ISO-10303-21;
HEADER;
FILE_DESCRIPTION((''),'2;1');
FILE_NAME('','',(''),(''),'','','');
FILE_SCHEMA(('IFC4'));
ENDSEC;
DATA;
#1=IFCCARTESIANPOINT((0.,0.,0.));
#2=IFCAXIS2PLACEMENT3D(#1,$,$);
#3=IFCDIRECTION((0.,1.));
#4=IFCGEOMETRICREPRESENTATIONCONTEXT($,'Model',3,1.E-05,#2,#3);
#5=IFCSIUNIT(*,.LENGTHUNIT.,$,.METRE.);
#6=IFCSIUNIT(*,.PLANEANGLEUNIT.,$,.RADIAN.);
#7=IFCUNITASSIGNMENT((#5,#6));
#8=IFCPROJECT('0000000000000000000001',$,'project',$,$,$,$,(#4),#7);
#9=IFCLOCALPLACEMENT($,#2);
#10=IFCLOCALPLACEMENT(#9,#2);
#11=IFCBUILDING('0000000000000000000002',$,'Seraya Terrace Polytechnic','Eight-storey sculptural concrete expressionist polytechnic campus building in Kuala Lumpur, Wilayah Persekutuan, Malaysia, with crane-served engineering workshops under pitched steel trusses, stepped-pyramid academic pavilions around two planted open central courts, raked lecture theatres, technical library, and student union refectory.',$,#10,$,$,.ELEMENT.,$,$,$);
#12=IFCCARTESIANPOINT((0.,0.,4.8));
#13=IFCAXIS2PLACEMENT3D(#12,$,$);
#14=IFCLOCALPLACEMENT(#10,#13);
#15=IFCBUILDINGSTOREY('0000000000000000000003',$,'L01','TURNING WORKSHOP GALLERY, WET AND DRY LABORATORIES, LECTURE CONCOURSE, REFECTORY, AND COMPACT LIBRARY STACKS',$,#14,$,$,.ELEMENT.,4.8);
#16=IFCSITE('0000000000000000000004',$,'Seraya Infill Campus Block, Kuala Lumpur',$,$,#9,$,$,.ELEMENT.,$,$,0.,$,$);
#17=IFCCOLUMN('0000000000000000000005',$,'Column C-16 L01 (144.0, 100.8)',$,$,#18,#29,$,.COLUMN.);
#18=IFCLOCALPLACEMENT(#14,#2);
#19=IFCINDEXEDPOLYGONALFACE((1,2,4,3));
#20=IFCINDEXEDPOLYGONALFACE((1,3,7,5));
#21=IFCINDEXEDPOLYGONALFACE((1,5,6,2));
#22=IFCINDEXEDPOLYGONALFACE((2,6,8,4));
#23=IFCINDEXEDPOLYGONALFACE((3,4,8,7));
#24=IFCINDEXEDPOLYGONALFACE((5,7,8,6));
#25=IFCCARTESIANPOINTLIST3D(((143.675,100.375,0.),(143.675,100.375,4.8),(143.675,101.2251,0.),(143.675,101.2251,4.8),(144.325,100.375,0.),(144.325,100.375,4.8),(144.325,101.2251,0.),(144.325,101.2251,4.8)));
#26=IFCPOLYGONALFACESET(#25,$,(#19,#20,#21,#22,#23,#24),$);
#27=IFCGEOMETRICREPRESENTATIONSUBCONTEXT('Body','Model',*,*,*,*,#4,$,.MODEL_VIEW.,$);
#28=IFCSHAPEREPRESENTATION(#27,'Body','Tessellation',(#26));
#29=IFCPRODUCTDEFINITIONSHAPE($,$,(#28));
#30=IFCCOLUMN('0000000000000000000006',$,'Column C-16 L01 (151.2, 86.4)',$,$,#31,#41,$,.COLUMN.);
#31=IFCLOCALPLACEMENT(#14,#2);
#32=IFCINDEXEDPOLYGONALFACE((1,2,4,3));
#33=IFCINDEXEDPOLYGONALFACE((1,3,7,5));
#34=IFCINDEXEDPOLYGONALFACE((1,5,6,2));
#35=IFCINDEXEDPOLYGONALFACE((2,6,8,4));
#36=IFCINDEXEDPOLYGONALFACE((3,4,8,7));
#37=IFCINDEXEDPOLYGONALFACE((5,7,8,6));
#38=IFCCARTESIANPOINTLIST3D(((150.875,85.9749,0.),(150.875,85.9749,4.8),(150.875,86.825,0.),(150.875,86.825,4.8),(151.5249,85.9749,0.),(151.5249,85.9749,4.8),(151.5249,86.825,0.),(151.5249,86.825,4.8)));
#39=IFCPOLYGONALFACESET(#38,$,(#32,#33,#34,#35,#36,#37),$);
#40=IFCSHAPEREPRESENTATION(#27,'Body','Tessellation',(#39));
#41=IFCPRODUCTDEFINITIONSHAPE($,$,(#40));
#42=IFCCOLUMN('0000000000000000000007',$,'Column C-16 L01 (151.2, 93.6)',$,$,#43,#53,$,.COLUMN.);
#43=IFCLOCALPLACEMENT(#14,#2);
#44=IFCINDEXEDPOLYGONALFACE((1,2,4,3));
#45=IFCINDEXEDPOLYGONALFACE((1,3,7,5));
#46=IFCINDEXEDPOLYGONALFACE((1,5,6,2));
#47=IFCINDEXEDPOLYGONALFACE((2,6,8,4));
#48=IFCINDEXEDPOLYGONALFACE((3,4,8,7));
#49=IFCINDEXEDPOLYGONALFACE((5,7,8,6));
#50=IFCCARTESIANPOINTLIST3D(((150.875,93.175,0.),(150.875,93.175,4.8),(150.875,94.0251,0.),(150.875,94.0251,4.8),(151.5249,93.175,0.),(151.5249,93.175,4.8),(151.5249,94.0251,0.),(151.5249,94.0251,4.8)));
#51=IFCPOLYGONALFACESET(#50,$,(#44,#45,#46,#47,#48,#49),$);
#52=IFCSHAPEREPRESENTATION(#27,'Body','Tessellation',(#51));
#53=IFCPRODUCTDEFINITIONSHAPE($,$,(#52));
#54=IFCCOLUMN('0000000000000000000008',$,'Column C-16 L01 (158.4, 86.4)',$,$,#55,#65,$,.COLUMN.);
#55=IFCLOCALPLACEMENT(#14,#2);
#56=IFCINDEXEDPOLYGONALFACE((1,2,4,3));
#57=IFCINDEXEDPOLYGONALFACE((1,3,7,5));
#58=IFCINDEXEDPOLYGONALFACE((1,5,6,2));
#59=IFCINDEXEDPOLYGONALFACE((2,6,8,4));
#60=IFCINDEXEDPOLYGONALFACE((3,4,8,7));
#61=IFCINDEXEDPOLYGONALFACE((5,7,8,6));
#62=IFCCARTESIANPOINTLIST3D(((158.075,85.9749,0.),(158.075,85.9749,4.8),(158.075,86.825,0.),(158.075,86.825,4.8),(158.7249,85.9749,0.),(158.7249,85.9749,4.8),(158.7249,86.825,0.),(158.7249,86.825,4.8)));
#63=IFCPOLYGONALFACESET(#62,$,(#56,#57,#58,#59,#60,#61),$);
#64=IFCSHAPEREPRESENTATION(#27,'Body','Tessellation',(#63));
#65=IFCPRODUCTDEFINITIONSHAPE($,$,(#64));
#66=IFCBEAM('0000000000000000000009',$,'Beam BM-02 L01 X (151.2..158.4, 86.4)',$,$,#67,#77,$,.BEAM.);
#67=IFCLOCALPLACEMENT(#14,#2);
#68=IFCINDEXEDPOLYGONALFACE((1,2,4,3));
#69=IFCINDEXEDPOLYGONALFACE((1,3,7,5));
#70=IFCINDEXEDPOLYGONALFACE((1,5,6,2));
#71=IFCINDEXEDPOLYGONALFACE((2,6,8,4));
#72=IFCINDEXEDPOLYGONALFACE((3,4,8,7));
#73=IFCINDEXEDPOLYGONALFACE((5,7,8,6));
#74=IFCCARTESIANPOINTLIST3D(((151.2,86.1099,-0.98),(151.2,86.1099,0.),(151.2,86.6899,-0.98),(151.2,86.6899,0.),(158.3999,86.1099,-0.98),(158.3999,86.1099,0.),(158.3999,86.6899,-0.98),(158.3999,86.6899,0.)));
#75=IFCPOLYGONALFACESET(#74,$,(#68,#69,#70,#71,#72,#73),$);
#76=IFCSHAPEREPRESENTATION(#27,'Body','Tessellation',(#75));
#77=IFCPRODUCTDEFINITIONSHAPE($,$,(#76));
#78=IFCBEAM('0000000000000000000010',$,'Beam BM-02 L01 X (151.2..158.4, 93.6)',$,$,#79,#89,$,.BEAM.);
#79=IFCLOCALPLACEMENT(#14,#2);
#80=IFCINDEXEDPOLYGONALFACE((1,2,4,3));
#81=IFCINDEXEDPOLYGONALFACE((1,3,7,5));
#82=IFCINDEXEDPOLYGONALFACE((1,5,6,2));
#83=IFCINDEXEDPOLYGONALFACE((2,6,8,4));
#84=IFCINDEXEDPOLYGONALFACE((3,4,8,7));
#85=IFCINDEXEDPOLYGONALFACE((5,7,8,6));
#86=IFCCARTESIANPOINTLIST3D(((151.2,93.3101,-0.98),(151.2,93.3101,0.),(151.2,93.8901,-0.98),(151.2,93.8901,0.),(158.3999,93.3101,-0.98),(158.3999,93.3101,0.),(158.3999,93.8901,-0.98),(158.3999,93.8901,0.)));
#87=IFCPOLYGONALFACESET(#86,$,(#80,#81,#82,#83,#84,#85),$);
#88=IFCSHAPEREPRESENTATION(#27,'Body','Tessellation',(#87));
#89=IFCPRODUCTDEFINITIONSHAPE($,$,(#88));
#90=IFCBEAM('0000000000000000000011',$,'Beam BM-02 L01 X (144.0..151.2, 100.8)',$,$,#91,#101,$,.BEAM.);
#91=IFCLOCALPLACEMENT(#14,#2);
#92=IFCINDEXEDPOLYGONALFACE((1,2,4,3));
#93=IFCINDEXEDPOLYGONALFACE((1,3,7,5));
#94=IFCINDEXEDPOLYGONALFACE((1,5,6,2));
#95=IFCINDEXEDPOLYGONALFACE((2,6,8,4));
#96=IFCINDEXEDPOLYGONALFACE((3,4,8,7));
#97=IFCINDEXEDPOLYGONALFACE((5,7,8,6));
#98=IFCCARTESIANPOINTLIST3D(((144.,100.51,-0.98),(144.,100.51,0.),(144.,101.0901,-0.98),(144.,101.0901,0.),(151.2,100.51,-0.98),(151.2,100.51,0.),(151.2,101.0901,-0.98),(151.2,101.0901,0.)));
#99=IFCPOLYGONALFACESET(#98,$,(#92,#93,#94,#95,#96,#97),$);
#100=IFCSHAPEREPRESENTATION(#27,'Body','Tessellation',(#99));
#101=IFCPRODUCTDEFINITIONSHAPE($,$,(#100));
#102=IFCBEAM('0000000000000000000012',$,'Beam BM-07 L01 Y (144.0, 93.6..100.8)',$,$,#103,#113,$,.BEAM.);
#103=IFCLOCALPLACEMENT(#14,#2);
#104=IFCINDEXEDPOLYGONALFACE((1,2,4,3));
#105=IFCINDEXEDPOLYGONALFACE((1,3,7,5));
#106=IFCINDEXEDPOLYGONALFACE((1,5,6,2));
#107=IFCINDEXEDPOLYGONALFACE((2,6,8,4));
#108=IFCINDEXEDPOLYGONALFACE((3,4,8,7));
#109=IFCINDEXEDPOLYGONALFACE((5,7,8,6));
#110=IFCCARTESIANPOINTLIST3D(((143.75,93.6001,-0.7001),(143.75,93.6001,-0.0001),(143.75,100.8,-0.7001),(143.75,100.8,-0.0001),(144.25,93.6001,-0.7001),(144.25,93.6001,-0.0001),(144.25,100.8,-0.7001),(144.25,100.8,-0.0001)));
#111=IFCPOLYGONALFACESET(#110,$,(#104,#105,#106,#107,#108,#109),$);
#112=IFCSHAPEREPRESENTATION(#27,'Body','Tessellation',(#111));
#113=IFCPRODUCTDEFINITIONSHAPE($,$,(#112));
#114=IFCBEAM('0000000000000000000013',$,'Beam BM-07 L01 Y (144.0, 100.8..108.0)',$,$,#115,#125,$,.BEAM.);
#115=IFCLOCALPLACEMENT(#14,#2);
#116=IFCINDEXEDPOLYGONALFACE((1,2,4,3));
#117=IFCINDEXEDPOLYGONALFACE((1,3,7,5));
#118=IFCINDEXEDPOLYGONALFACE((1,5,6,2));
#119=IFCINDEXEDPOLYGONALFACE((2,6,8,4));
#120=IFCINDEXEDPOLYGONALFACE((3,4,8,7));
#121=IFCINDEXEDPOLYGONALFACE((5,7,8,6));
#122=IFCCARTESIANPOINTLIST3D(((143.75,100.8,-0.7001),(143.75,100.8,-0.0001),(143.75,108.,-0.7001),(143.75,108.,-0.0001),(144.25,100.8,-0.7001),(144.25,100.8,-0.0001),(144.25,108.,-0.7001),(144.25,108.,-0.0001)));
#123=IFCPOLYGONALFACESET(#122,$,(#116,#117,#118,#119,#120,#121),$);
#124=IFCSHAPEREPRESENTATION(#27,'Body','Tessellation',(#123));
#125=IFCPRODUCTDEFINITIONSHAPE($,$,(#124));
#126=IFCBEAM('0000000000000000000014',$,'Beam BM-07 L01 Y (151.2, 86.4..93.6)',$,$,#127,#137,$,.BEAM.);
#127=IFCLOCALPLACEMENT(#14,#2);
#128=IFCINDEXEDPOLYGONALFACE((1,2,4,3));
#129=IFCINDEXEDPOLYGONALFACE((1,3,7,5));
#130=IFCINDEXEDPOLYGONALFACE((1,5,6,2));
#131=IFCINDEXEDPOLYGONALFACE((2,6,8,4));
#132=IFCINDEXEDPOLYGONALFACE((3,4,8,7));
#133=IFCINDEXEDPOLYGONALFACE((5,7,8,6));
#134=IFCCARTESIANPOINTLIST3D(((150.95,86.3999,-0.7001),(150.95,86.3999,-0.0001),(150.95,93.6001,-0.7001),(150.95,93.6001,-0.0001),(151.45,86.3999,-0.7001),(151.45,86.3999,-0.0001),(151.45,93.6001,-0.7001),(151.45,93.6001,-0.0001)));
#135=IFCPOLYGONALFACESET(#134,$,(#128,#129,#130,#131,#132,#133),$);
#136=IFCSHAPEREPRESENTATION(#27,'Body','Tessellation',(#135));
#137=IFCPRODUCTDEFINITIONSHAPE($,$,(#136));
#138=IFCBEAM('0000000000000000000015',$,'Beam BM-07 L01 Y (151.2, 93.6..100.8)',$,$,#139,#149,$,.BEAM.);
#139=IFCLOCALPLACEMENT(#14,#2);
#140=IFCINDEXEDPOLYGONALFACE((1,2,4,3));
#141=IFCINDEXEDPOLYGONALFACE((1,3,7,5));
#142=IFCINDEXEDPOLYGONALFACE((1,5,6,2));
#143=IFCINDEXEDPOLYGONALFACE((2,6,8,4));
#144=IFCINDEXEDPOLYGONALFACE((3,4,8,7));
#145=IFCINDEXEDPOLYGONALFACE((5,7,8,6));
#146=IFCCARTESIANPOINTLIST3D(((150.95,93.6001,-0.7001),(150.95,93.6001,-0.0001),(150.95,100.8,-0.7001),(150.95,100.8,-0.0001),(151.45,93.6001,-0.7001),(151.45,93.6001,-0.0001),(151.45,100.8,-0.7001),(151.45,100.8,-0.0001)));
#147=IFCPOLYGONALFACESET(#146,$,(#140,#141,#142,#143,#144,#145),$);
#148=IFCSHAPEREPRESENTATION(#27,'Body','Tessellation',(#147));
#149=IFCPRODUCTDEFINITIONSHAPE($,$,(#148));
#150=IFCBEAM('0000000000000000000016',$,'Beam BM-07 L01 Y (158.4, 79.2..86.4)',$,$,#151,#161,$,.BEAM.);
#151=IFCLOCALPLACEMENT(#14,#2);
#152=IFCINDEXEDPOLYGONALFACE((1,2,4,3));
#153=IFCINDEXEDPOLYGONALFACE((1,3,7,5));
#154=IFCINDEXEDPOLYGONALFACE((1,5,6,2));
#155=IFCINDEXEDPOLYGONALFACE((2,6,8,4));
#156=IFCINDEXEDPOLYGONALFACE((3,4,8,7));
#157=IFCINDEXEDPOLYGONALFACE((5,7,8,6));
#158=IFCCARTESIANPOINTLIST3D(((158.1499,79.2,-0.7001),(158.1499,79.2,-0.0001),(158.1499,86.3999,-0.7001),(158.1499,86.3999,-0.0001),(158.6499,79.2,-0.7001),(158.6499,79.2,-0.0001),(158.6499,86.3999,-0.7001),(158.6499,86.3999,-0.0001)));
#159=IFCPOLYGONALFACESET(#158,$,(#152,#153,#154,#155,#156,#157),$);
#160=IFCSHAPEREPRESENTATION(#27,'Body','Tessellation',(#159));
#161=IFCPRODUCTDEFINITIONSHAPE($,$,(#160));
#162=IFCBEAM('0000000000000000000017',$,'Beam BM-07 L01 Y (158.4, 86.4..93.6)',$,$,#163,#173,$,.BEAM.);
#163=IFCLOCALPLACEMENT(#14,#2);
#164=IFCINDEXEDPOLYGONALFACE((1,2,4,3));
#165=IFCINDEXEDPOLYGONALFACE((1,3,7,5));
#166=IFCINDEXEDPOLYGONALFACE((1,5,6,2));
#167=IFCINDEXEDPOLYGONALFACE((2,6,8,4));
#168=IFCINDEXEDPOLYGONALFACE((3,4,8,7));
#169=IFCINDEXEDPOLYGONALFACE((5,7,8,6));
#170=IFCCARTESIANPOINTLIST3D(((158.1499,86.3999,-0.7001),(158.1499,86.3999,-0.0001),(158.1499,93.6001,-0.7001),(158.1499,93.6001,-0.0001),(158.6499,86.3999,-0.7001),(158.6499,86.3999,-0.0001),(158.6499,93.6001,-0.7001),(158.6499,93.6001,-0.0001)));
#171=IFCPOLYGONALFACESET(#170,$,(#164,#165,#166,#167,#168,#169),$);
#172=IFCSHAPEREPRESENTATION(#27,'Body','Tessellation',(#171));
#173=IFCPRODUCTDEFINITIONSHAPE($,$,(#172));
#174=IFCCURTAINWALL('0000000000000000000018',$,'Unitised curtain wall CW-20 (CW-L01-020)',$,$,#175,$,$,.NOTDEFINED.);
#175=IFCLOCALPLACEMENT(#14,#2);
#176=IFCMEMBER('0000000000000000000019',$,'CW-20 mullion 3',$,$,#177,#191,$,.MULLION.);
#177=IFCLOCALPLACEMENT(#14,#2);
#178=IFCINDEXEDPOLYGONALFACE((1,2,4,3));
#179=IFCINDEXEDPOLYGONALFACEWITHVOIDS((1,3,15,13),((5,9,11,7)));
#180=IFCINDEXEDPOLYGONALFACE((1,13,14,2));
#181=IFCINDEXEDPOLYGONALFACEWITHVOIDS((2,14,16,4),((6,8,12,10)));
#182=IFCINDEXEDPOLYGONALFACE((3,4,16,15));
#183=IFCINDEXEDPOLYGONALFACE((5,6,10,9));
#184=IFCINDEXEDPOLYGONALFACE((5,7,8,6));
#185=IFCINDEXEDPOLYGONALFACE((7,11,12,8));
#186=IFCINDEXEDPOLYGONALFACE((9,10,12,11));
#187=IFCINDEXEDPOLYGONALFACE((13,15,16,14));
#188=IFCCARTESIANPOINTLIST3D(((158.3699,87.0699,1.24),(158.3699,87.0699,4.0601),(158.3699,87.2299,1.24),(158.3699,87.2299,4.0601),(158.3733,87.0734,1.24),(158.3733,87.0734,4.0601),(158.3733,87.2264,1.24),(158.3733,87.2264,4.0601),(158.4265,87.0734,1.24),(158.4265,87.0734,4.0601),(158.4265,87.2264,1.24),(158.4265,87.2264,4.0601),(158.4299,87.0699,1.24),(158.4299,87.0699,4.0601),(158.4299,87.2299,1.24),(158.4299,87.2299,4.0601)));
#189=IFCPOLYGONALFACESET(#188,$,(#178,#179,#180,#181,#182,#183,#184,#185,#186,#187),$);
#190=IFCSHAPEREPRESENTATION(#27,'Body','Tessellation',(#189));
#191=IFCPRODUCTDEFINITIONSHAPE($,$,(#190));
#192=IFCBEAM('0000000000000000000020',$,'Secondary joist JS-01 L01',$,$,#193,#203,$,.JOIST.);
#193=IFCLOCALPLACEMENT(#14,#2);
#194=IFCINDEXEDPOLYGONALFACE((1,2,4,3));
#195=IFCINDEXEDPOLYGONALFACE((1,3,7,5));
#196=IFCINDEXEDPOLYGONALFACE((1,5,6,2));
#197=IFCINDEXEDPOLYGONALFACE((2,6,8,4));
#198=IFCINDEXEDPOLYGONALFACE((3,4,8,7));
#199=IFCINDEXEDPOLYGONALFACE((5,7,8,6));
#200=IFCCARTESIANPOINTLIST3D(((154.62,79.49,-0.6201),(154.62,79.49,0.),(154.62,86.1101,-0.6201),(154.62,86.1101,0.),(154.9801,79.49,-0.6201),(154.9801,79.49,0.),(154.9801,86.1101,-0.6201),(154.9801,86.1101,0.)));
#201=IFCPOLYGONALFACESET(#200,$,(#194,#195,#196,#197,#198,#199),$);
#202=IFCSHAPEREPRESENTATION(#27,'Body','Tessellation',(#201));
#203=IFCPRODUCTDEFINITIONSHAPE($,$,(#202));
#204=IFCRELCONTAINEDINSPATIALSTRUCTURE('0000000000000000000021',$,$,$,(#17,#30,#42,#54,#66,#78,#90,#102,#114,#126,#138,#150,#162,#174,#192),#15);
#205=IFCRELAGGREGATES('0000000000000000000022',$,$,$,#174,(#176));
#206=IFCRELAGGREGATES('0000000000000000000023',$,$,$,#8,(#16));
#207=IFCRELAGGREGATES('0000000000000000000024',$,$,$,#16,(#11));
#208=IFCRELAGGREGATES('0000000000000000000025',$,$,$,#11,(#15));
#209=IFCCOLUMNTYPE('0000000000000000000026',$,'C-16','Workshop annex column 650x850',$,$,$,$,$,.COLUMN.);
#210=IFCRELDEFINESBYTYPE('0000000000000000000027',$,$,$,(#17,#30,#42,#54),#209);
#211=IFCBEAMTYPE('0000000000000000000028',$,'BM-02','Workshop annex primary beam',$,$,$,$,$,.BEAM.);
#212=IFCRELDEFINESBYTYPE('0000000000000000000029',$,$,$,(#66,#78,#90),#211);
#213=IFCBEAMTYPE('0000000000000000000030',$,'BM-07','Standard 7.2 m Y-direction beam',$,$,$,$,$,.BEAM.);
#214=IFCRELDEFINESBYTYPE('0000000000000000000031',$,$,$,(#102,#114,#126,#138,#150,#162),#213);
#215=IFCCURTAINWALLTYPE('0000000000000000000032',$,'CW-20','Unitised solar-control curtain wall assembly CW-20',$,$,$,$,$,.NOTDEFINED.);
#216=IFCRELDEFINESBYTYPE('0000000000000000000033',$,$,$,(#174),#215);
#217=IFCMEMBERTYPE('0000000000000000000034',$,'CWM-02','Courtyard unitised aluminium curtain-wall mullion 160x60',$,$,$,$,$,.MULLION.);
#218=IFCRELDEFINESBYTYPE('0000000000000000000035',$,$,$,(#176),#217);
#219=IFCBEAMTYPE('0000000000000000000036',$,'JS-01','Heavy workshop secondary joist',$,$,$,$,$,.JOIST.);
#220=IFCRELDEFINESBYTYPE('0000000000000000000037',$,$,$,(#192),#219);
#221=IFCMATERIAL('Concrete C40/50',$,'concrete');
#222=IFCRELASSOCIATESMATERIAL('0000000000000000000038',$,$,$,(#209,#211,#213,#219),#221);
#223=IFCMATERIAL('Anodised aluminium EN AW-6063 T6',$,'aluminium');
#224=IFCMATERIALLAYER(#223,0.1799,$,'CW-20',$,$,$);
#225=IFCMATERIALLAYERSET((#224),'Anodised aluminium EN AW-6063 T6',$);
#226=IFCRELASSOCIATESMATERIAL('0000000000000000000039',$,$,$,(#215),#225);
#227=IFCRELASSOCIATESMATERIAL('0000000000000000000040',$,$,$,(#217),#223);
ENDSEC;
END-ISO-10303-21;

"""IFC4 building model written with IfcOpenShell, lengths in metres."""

from ifc_helpers import new_model, si_unit, direction, frame, origin, origin_2d, place, context, subcontext, project, spatial, rectangle, hollow_rectangle, extrude, material, layer, layer_set, material_profile, profile_set, type_object, element, aggregate, save


model = new_model("IFC4")

# Units and contexts
model_context = context("Model", 3, precision=1e-05, world=origin(), true_north=direction((0.0, 1.0)))
body_context = subcontext(model_context, "Body", "Model", "MODEL_VIEW")
ifc_project = project(units=[si_unit("LENGTHUNIT", "METRE"), si_unit("PLANEANGLEUNIT", "RADIAN")], contexts=[model_context])

# Site, building, storey
site_placement = place(None, origin())
site = spatial("IfcSite", under=ifc_project, at=site_placement, Name="Seraya Infill Campus Block, Kuala Lumpur", CompositionType="ELEMENT", RefElevation=0.0)
building_placement = place(site_placement, origin())
building = spatial("IfcBuilding", under=site, at=building_placement, Name="Seraya Terrace Polytechnic", Description="Eight-storey sculptural concrete expressionist polytechnic campus building in Kuala Lumpur, Wilayah Persekutuan, Malaysia, with crane-served engineering workshops under pitched steel trusses, stepped-pyramid academic pavilions around two planted open central courts, raked lecture theatres, technical library, and student union refectory.", CompositionType="ELEMENT")
storey_placement = place(building_placement, frame((0.0, 0.0, 4.8)))
storey = spatial("IfcBuildingStorey", under=building, at=storey_placement, Name="L01", Description="TURNING WORKSHOP GALLERY, WET AND DRY LABORATORIES, LECTURE CONCOURSE, REFECTORY, AND COMPACT LIBRARY STACKS", CompositionType="ELEMENT", Elevation=4.8)

# Columns
ifc_material_1 = material(Name="Concrete C40/50", Category="concrete")
ifc_material_profile_1 = material_profile(ifc_material_1, rectangle(XDim=0.6499, YDim=0.8501, at=origin_2d()), Name="RC 650x850")
ifc_profile_set_1 = profile_set([ifc_material_profile_1], Name="Concrete C40/50")
column_type = type_object("IfcColumnType", Name="C-16", Description="Workshop annex column 650x850", PredefinedType="COLUMN", material=ifc_profile_set_1)
for number, where, z_axis, x_axis, name in (
    (1, (144.0, 100.8, 0.0), (0.0, 0.0, 1.0), (1.0, 0.0, 0.0), "Column C-16 L01 (144.0, 100.8)"),
    (2, (151.2, 86.3999, 0.0), (0.0, 0.0, 1.0), (1.0, 0.0, 0.0), "Column C-16 L01 (151.2, 86.4)"),
    (3, (151.2, 93.6001, 0.0), (0.0, 0.0, 1.0), (1.0, 0.0, 0.0), "Column C-16 L01 (151.2, 93.6)"),
    (4, (158.3999, 86.3999, 0.0), (0.0, 0.0, 1.0), (1.0, 0.0, 0.0), "Column C-16 L01 (158.4, 86.4)"),
):
    element("IfcColumn", number, at=place(storey_placement, frame(where, z_axis=z_axis, x_axis=x_axis)), inside=storey, type_object=column_type, Name=name, PredefinedType="COLUMN", context=body_context, shape_type="SweptSolid", body=[
        extrude(rectangle(XDim=0.6499, YDim=0.8501, at=origin_2d()), origin(), (0.0, 0.0, 1.0), 4.8),
    ])

# Beams
ifc_material_profile_2 = material_profile(ifc_material_1, rectangle(XDim=0.5801, YDim=0.98, at=origin_2d()), Name="RC 580x980")
ifc_profile_set_2 = profile_set([ifc_material_profile_2], Name="Concrete C40/50")
beam_type_1 = type_object("IfcBeamType", Name="BM-02", Description="Workshop annex primary beam", PredefinedType="BEAM", material=ifc_profile_set_2)
for number, where, z_axis, x_axis, name in (
    (5, (151.2, 86.3999, -0.49), (1.0, 0.0, 0.0), (0.0, 1.0, 0.0), "Beam BM-02 L01 X (151.2..158.4, 86.4)"),
    (6, (151.2, 93.6001, -0.49), (1.0, 0.0, 0.0), (0.0, 1.0, 0.0), "Beam BM-02 L01 X (151.2..158.4, 93.6)"),
    (7, (144.0, 100.8, -0.49), (1.0, 0.0, 0.0), (0.0, 1.0, 0.0), "Beam BM-02 L01 X (144.0..151.2, 100.8)"),
):
    element("IfcBeam", number, at=place(storey_placement, frame(where, z_axis=z_axis, x_axis=x_axis)), inside=storey, type_object=beam_type_1, Name=name, PredefinedType="BEAM", context=body_context, shape_type="SweptSolid", body=[
        extrude(rectangle(XDim=0.5801, YDim=0.98, at=origin_2d()), origin(), (0.0, 0.0, 1.0), 7.2),
    ])
ifc_material_profile_3 = material_profile(ifc_material_1, rectangle(XDim=0.5, YDim=0.7, at=origin_2d()), Name="RC 500x700")
ifc_profile_set_3 = profile_set([ifc_material_profile_3], Name="Concrete C40/50")
beam_type_2 = type_object("IfcBeamType", Name="BM-07", Description="Standard 7.2 m Y-direction beam", PredefinedType="BEAM", material=ifc_profile_set_3)
for number, where, z_axis, x_axis, name in (
    (8, (144.0, 93.6001, -0.3501), (0.0, 1.0, 0.0), (-1.0, 0.0, 0.0), "Beam BM-07 L01 Y (144.0, 93.6..100.8)"),
    (9, (144.0, 100.8, -0.3501), (0.0, 1.0, 0.0), (-1.0, 0.0, 0.0), "Beam BM-07 L01 Y (144.0, 100.8..108.0)"),
):
    element("IfcBeam", number, at=place(storey_placement, frame(where, z_axis=z_axis, x_axis=x_axis)), inside=storey, type_object=beam_type_2, Name=name, PredefinedType="BEAM", context=body_context, shape_type="SweptSolid", body=[
        extrude(rectangle(XDim=0.5, YDim=0.7, at=origin_2d()), origin(), (0.0, 0.0, 1.0), 7.2),
    ])
beam_1_placement = place(storey_placement, frame((151.2, 86.3999, -0.3501), z_axis=(0.0, 1.0, 0.0), x_axis=(-1.0, 0.0, 0.0)))
element("IfcBeam", 10, at=beam_1_placement, inside=storey, type_object=beam_type_2, Name="Beam BM-07 L01 Y (151.2, 86.4..93.6)", PredefinedType="BEAM", context=body_context, shape_type="SweptSolid", body=[
    extrude(rectangle(XDim=0.5, YDim=0.7, at=origin_2d()), origin(), (0.0, 0.0, 1.0), 7.2002),
])
for number, where, z_axis, x_axis, name in (
    (11, (151.2, 93.6001, -0.3501), (0.0, 1.0, 0.0), (-1.0, 0.0, 0.0), "Beam BM-07 L01 Y (151.2, 93.6..100.8)"),
    (12, (158.3999, 79.2, -0.3501), (0.0, 1.0, 0.0), (-1.0, 0.0, 0.0), "Beam BM-07 L01 Y (158.4, 79.2..86.4)"),
):
    element("IfcBeam", number, at=place(storey_placement, frame(where, z_axis=z_axis, x_axis=x_axis)), inside=storey, type_object=beam_type_2, Name=name, PredefinedType="BEAM", context=body_context, shape_type="SweptSolid", body=[
        extrude(rectangle(XDim=0.5, YDim=0.7, at=origin_2d()), origin(), (0.0, 0.0, 1.0), 7.2),
    ])
beam_2_placement = place(storey_placement, frame((158.3999, 86.3999, -0.3501), z_axis=(0.0, 1.0, 0.0), x_axis=(-1.0, 0.0, 0.0)))
element("IfcBeam", 13, at=beam_2_placement, inside=storey, type_object=beam_type_2, Name="Beam BM-07 L01 Y (158.4, 86.4..93.6)", PredefinedType="BEAM", context=body_context, shape_type="SweptSolid", body=[
    extrude(rectangle(XDim=0.5, YDim=0.7, at=origin_2d()), origin(), (0.0, 0.0, 1.0), 7.2002),
])

# Curtain wall, member
ifc_material_2 = material(Name="Anodised aluminium EN AW-6063 T6", Category="aluminium")
ifc_layer_1 = layer(ifc_material_2, 0.1799, Name="CW-20")
ifc_layer_set_1 = layer_set([ifc_layer_1], Name="Anodised aluminium EN AW-6063 T6")
curtain_wall_type = type_object("IfcCurtainWallType", Name="CW-20", Description="Unitised solar-control curtain wall assembly CW-20", PredefinedType="NOTDEFINED", material=ifc_layer_set_1)
curtain_wall_placement = place(storey_placement, origin())
curtain_wall = element("IfcCurtainWall", 14, at=curtain_wall_placement, inside=storey, type_object=curtain_wall_type, Name="Unitised curtain wall CW-20 (CW-L01-020)", PredefinedType="NOTDEFINED")
ifc_material_profile_4 = material_profile(ifc_material_2, hollow_rectangle(XDim=0.0601, YDim=0.1599, WallThickness=0.0034, at=origin_2d()), Name="RHS 160x60x3.5")
ifc_profile_set_4 = profile_set([ifc_material_profile_4], Name="Anodised aluminium EN AW-6063 T6")
member_type = type_object("IfcMemberType", Name="CWM-02", Description="Courtyard unitised aluminium curtain-wall mullion 160x60", PredefinedType="MULLION", material=ifc_profile_set_4)
member_placement = place(storey_placement, frame((158.3999, 87.1499, 1.24), z_axis=(0.0, 0.0, 1.0), x_axis=(1.0, 0.0, 0.0)))
member = element("IfcMember", 15, at=member_placement, type_object=member_type, Name="CW-20 mullion 3", PredefinedType="MULLION", context=body_context, shape_type="SweptSolid", body=[
    extrude(hollow_rectangle(XDim=0.0601, YDim=0.1599, WallThickness=0.0034, at=origin_2d()), origin(), (0.0, 0.0, 1.0), 2.8201),
])
aggregate(curtain_wall, [member])

# Beam
ifc_material_profile_5 = material_profile(ifc_material_1, rectangle(XDim=0.3601, YDim=0.6201, at=origin_2d()), Name="RC 360x620")
ifc_profile_set_5 = profile_set([ifc_material_profile_5], Name="Concrete C40/50")
beam_type_3 = type_object("IfcBeamType", Name="JS-01", Description="Heavy workshop secondary joist", PredefinedType="JOIST", material=ifc_profile_set_5)
for number, where, z_axis, x_axis, name in (
    (16, (154.8, 79.49, -0.3101), (0.0, 1.0, 0.0), (-1.0, 0.0, 0.0), "Secondary joist JS-01 L01"),
):
    element("IfcBeam", number, at=place(storey_placement, frame(where, z_axis=z_axis, x_axis=x_axis)), inside=storey, type_object=beam_type_3, Name=name, PredefinedType="JOIST", context=body_context, shape_type="SweptSolid", body=[
        extrude(rectangle(XDim=0.3601, YDim=0.6201, at=origin_2d()), origin(), (0.0, 0.0, 1.0), 6.6201),
    ])

save(model, "model.ifc")
